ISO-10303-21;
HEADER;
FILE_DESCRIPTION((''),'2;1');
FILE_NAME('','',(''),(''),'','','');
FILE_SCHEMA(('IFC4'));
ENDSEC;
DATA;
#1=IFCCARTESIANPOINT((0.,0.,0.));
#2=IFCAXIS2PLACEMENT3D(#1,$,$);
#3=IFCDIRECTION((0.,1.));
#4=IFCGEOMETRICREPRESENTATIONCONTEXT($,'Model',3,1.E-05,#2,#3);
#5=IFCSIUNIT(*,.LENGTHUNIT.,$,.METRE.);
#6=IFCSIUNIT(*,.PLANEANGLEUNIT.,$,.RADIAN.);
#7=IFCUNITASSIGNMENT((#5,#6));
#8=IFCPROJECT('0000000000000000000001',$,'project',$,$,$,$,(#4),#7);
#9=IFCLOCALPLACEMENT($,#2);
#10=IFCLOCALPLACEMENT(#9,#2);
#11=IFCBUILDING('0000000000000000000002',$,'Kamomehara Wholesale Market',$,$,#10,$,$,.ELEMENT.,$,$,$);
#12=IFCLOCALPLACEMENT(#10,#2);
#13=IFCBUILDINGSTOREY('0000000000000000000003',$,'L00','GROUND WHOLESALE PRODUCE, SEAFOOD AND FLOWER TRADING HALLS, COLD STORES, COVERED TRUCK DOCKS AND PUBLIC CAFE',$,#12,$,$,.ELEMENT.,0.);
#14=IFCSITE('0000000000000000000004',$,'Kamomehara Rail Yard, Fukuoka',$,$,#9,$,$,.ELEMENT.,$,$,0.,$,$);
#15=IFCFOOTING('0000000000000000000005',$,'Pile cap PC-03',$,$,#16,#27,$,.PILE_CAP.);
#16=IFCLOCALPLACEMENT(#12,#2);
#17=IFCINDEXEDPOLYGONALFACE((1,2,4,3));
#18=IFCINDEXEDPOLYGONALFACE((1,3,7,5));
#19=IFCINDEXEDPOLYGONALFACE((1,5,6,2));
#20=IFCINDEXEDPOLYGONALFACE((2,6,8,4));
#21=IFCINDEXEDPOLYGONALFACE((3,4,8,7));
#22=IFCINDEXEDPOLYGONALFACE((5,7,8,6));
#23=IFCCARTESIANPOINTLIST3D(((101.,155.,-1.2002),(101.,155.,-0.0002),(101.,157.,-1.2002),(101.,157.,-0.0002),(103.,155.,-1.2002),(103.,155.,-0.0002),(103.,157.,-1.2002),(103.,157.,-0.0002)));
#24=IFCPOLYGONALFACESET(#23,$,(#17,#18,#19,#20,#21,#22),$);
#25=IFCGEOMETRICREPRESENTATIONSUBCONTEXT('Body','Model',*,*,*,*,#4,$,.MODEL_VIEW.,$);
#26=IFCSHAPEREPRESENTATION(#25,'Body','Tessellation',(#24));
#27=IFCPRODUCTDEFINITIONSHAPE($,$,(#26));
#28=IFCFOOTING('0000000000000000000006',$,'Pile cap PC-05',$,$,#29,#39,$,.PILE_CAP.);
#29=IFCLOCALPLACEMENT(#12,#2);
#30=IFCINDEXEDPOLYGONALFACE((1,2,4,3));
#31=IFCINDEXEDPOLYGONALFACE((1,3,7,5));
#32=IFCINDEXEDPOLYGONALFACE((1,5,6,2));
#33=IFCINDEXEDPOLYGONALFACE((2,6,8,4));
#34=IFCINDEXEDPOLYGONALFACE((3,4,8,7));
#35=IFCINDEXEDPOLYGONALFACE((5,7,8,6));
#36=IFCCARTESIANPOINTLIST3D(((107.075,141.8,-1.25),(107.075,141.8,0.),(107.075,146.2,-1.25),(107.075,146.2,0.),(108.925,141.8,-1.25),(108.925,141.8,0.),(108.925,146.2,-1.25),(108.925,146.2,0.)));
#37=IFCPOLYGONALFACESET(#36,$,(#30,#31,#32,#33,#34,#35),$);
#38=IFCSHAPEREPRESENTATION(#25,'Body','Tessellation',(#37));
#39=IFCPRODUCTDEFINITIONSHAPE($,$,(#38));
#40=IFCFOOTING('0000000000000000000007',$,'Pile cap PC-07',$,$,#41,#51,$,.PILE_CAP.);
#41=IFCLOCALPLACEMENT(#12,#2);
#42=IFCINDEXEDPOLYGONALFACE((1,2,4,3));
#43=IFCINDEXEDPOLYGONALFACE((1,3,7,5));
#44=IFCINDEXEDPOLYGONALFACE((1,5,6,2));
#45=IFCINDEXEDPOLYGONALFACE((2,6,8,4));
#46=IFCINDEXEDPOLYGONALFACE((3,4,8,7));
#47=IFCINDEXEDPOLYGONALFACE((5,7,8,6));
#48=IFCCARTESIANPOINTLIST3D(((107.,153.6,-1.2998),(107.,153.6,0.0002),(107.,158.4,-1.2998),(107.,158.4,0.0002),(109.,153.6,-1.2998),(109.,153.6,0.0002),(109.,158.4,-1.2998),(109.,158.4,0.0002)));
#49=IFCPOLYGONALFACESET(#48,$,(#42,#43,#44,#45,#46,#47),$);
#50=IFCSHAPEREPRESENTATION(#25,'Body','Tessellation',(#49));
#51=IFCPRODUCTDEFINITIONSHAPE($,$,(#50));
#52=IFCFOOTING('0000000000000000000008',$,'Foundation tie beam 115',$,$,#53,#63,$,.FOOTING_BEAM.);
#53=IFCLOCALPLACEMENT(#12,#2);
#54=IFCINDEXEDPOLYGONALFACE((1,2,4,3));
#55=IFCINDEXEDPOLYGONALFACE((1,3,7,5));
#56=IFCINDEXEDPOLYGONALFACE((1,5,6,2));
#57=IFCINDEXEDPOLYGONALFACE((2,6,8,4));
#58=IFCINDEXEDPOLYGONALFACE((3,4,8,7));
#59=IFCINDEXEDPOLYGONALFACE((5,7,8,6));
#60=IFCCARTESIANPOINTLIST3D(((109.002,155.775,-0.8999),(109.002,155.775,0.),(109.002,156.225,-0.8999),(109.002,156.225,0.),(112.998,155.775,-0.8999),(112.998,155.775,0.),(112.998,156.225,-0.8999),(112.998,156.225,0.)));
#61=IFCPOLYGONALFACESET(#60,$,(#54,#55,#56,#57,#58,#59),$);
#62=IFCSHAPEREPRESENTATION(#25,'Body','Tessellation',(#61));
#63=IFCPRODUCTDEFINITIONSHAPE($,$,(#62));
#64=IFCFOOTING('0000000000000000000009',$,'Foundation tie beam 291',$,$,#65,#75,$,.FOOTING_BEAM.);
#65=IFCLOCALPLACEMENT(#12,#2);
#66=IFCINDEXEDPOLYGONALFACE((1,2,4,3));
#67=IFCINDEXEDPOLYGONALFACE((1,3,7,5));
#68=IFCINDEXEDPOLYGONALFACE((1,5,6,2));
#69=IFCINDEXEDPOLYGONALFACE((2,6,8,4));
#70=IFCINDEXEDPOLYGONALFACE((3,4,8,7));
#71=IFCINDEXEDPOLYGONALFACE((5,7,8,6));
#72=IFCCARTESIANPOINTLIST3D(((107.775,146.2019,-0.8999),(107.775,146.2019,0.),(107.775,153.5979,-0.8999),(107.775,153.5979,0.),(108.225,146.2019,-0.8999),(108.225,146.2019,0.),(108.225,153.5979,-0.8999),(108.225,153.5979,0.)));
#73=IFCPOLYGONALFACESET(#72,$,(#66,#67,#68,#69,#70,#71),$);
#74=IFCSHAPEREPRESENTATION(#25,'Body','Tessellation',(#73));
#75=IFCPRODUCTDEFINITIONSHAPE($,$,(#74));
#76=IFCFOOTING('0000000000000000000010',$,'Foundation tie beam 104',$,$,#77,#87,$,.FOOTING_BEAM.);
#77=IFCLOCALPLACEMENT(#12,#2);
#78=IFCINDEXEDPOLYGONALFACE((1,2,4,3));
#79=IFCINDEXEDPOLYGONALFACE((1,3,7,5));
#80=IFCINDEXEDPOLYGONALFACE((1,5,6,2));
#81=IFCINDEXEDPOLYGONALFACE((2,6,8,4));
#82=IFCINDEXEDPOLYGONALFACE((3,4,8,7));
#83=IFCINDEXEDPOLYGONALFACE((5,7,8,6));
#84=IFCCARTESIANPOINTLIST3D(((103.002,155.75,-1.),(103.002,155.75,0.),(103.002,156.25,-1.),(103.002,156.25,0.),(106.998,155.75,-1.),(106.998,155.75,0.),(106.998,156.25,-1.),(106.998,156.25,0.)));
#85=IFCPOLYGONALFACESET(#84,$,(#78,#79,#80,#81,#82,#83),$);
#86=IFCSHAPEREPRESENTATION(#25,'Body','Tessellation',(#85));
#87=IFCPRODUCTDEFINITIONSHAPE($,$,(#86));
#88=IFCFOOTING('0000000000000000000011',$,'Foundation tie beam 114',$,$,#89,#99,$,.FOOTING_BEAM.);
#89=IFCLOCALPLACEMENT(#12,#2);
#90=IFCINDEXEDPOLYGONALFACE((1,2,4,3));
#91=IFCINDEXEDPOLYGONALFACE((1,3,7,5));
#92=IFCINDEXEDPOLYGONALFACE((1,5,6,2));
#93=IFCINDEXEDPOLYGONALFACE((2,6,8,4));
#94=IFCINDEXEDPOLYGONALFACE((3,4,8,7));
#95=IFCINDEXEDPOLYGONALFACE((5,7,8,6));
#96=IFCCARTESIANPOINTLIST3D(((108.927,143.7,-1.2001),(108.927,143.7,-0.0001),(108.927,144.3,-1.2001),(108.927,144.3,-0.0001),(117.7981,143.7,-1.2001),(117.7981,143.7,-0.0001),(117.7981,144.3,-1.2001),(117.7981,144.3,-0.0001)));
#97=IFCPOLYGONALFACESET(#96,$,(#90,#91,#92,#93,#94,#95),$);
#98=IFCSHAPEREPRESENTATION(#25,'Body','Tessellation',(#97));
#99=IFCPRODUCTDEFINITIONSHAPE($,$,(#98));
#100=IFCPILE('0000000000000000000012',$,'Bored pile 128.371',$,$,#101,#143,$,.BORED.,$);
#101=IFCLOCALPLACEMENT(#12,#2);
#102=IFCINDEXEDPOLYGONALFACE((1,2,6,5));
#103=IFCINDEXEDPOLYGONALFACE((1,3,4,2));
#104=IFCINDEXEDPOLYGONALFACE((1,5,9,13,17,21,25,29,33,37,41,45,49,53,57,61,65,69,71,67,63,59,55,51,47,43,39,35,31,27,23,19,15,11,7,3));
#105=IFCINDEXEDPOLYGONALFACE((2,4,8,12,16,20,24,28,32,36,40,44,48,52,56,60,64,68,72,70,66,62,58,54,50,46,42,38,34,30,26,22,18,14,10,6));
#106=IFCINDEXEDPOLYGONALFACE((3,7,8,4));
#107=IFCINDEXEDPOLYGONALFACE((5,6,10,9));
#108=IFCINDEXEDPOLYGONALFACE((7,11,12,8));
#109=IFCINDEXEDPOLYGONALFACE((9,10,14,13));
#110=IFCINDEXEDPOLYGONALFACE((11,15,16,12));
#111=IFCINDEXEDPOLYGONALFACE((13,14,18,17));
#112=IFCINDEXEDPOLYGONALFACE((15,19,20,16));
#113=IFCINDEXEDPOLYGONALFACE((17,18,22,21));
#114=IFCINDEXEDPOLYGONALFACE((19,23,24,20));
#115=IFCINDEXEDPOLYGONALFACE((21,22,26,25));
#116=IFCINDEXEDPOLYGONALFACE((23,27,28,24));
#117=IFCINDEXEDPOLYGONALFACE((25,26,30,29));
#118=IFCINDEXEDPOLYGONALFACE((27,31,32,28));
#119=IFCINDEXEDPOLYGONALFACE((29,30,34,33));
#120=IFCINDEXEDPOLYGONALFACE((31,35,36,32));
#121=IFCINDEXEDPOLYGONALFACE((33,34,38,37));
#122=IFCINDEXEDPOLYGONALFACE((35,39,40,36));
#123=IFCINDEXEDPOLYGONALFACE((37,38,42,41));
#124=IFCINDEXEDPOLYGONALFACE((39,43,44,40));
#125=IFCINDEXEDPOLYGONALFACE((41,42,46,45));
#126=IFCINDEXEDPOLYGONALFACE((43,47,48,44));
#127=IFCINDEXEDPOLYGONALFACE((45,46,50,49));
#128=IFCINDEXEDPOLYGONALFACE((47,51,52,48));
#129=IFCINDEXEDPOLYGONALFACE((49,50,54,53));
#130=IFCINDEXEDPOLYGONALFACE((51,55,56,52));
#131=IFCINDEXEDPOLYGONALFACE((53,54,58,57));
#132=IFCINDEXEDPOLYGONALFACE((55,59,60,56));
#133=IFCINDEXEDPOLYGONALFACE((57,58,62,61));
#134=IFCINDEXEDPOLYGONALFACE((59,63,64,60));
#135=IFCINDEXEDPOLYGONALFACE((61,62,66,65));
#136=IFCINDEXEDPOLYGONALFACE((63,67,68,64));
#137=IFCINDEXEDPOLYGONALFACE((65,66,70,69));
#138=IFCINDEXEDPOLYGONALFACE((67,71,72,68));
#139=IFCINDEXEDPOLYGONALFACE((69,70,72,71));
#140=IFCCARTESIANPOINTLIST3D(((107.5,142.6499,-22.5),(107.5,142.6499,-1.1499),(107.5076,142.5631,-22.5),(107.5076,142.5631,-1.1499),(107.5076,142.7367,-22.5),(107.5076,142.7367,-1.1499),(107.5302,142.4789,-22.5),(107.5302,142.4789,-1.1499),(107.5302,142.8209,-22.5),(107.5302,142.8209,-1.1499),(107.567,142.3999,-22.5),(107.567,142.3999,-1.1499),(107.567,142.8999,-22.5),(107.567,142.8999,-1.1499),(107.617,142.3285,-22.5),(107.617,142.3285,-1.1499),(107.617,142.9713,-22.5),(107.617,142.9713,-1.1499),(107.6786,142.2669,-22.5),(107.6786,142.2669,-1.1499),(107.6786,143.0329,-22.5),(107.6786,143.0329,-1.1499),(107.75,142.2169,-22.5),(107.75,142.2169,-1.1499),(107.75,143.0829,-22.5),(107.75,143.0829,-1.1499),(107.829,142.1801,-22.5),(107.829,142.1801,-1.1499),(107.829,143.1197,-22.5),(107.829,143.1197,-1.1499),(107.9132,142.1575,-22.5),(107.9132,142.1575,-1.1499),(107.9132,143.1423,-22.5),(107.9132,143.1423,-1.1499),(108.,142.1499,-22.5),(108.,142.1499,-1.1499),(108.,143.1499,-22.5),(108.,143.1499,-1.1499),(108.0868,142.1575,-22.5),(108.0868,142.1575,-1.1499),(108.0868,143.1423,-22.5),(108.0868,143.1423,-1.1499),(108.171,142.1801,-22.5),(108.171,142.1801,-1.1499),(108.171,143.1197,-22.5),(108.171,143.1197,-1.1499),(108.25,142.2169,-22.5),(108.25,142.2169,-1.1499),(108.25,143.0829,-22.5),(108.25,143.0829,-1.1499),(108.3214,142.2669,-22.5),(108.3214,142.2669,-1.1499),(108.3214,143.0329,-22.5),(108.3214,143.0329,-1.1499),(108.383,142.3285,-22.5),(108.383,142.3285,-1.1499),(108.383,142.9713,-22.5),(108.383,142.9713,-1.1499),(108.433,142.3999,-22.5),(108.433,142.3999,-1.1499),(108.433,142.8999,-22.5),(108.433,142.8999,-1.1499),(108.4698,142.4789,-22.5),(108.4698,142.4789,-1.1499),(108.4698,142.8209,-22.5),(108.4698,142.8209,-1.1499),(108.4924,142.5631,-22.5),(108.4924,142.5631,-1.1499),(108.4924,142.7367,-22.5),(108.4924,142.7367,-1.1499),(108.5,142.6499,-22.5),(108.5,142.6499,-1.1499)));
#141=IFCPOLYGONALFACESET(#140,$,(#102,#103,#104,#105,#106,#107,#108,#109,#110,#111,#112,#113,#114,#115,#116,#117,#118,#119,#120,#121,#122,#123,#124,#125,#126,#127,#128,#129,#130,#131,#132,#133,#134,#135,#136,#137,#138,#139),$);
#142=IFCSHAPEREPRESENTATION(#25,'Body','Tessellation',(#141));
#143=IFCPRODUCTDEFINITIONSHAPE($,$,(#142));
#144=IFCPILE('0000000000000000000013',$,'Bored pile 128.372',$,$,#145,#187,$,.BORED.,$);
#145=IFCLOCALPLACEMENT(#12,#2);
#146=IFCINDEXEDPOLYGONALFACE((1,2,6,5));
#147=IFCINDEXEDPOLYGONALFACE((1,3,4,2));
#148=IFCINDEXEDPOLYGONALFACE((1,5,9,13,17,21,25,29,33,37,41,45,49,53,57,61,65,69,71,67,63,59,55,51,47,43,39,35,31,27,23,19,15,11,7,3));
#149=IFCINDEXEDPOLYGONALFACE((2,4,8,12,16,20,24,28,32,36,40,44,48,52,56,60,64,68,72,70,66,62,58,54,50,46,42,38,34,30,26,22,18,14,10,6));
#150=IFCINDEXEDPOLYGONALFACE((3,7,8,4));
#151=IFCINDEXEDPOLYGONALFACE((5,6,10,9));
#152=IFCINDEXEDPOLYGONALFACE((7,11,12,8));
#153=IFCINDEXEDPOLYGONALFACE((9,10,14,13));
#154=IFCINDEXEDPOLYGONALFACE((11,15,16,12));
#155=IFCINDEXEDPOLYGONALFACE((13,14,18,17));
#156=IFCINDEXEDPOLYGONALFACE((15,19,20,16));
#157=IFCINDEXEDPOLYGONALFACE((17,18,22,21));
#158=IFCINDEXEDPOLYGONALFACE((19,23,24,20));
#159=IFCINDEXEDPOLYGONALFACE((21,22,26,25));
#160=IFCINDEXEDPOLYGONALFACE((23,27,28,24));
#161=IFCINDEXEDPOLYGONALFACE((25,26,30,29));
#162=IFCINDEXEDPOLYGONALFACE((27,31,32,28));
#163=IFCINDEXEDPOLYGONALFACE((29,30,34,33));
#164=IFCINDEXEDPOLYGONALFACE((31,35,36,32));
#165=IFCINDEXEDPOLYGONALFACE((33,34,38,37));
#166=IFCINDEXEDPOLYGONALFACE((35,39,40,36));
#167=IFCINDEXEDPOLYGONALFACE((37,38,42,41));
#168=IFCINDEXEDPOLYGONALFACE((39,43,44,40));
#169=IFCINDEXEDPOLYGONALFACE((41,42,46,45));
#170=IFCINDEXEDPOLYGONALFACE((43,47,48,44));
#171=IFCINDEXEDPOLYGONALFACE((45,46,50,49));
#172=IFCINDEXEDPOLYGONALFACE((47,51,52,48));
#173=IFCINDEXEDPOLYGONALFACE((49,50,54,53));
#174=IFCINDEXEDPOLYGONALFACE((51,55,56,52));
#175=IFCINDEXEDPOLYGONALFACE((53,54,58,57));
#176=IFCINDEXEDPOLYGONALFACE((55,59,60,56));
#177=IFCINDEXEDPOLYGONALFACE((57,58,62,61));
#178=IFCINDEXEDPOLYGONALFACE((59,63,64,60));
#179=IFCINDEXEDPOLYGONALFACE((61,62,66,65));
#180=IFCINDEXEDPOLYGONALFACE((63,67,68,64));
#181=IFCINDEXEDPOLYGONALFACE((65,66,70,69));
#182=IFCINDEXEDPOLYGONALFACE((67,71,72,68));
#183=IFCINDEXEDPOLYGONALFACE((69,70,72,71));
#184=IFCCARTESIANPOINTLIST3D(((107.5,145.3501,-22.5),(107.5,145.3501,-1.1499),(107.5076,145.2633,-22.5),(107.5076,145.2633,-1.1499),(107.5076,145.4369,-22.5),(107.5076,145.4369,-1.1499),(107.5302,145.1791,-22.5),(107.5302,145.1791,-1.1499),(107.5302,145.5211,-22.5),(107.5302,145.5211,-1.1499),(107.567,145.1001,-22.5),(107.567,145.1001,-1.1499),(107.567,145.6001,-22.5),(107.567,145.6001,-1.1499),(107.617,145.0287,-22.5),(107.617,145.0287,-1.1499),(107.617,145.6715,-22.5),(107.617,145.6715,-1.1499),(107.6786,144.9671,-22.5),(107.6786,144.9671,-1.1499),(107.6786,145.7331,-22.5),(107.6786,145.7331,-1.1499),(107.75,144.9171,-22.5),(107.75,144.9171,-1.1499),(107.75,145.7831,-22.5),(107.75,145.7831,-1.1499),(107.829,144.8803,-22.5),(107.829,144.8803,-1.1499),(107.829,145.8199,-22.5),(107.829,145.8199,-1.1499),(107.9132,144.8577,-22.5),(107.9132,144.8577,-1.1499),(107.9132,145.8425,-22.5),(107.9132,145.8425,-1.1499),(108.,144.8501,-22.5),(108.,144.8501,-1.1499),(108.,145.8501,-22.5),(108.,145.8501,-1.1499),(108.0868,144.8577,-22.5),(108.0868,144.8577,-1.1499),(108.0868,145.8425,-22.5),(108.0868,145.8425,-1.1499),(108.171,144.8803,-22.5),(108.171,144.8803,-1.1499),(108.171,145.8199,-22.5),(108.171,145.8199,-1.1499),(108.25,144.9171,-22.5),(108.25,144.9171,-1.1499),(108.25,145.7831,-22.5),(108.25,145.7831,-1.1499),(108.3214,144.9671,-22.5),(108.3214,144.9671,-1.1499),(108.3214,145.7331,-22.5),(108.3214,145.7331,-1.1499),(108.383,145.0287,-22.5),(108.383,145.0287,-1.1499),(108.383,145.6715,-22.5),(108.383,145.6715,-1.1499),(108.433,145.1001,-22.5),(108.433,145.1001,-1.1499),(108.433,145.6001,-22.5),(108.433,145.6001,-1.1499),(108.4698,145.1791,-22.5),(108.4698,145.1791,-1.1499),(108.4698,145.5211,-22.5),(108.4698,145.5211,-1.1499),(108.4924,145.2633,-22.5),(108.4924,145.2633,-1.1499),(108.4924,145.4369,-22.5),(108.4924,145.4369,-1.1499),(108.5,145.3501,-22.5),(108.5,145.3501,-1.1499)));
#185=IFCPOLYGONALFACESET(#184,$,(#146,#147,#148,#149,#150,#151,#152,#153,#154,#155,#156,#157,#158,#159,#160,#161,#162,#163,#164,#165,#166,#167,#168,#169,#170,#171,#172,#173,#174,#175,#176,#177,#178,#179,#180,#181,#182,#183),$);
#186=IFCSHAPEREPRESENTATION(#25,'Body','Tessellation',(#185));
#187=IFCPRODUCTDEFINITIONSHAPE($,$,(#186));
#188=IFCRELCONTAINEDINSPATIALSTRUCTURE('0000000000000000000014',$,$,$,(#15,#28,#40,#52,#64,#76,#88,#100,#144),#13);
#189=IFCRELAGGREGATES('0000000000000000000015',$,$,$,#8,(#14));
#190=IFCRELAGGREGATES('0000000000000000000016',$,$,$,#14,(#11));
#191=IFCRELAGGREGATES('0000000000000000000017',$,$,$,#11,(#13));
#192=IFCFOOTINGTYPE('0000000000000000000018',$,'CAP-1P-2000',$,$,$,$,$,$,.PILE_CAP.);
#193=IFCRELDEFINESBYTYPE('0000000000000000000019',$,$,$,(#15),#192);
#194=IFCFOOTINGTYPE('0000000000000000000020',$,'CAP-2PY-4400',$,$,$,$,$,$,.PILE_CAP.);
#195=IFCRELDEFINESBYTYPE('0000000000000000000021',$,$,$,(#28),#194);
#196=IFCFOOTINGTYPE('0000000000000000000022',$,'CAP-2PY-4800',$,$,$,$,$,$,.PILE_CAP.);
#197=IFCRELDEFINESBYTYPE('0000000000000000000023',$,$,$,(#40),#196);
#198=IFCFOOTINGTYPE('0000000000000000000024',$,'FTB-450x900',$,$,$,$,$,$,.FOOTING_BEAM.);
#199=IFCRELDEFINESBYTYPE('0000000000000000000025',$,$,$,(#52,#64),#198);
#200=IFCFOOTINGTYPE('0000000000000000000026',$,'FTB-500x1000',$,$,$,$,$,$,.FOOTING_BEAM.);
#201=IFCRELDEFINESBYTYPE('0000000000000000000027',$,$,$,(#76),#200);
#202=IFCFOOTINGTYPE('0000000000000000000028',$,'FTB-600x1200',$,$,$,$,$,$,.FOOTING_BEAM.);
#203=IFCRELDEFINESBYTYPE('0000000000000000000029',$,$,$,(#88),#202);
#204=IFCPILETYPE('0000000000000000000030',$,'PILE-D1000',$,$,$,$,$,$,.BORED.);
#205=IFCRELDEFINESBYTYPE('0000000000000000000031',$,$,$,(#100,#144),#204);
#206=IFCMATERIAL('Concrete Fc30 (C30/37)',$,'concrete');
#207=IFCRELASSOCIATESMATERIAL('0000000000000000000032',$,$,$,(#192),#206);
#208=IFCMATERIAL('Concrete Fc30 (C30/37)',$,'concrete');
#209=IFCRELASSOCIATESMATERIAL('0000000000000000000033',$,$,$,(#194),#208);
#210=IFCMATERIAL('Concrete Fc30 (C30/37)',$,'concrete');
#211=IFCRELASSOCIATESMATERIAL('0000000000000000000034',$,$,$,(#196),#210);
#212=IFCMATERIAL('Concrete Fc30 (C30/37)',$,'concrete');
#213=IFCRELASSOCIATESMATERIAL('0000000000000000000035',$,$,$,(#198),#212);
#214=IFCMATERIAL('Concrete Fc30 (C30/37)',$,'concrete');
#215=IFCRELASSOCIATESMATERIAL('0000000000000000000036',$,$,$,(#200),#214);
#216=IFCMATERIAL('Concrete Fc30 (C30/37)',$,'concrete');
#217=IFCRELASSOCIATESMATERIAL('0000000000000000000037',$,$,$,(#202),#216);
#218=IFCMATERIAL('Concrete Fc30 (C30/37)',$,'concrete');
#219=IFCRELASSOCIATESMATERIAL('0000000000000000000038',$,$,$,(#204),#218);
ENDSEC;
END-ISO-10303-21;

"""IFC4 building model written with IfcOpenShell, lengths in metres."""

from ifc_helpers import new_model, si_unit, direction, frame, origin, origin_2d, place, context, subcontext, project, spatial, rectangle, circle, extrude, material, material_profile, profile_set, type_object, element, save


model = new_model("IFC4")

# Units and contexts
model_context = context("Model", 3, precision=1e-05, world=origin(), true_north=direction((0.0, 1.0)))
body_context = subcontext(model_context, "Body", "Model", "MODEL_VIEW")
ifc_project = project(units=[si_unit("LENGTHUNIT", "METRE"), si_unit("PLANEANGLEUNIT", "RADIAN")], contexts=[model_context])

# Site, building, storey
site_placement = place(None, origin())
site = spatial("IfcSite", under=ifc_project, at=site_placement, Name="Kamomehara Rail Yard, Fukuoka", CompositionType="ELEMENT", RefElevation=0.0)
building_placement = place(site_placement, origin())
building = spatial("IfcBuilding", under=site, at=building_placement, Name="Kamomehara Wholesale Market", CompositionType="ELEMENT")
storey_placement = place(building_placement, origin())
storey = spatial("IfcBuildingStorey", under=building, at=storey_placement, Name="L00", Description="GROUND WHOLESALE PRODUCE, SEAFOOD AND FLOWER TRADING HALLS, COLD STORES, COVERED TRUCK DOCKS AND PUBLIC CAFE", CompositionType="ELEMENT", Elevation=0.0)

# Footings
ifc_material_1 = material(Name="Concrete Fc30 (C30/37)", Category="concrete")
footing_type_1 = type_object("IfcFootingType", Name="CAP-1P-2000", PredefinedType="PILE_CAP", material=ifc_material_1)
footing_1_placement = place(storey_placement, frame((102.0, 156.0, -1.2002), z_axis=(0.0, 0.0, 1.0), x_axis=(1.0, 0.0, 0.0)))
element("IfcFooting", 1, at=footing_1_placement, inside=storey, type_object=footing_type_1, Name="Pile cap PC-03", PredefinedType="PILE_CAP", context=body_context, shape_type="SweptSolid", body=[
    extrude(rectangle(XDim=2.0, YDim=2.0, at=origin_2d()), origin(), (0.0, 0.0, 1.0), 1.2),
])
ifc_material_2 = material(Name="Concrete Fc30 (C30/37)", Category="concrete")
footing_type_2 = type_object("IfcFootingType", Name="CAP-2PY-4400", PredefinedType="PILE_CAP", material=ifc_material_2)
footing_2_placement = place(storey_placement, frame((108.0, 144.0, -1.25), z_axis=(0.0, 0.0, 1.0), x_axis=(1.0, 0.0, 0.0)))
element("IfcFooting", 2, at=footing_2_placement, inside=storey, type_object=footing_type_2, Name="Pile cap PC-05", PredefinedType="PILE_CAP", context=body_context, shape_type="SweptSolid", body=[
    extrude(rectangle(XDim=1.8501, YDim=4.3999, at=origin_2d()), origin(), (0.0, 0.0, 1.0), 1.25),
])
ifc_material_3 = material(Name="Concrete Fc30 (C30/37)", Category="concrete")
footing_type_3 = type_object("IfcFootingType", Name="CAP-2PY-4800", PredefinedType="PILE_CAP", material=ifc_material_3)
footing_3_placement = place(storey_placement, frame((108.0, 156.0, -1.2998), z_axis=(0.0, 0.0, 1.0), x_axis=(1.0, 0.0, 0.0)))
element("IfcFooting", 3, at=footing_3_placement, inside=storey, type_object=footing_type_3, Name="Pile cap PC-07", PredefinedType="PILE_CAP", context=body_context, shape_type="SweptSolid", body=[
    extrude(rectangle(XDim=2.0, YDim=4.8, at=origin_2d()), origin(), (0.0, 0.0, 1.0), 1.3),
])
ifc_material_4 = material(Name="Concrete Fc30 (C30/37)", Category="concrete")
ifc_material_profile_1 = material_profile(ifc_material_4, rectangle(XDim=0.45, YDim=0.8999, at=origin_2d()), Name="RC-FTB-450x900")
ifc_profile_set_1 = profile_set([ifc_material_profile_1], Name="Concrete Fc30 (C30/37)")
footing_type_4 = type_object("IfcFootingType", Name="FTB-450x900", PredefinedType="FOOTING_BEAM", material=ifc_profile_set_1)
footing_4_placement = place(storey_placement, frame((109.002, 156.0, -0.45), z_axis=(1.0, 0.0, 0.0), x_axis=(0.0, 1.0, 0.0)))
element("IfcFooting", 4, at=footing_4_placement, inside=storey, type_object=footing_type_4, Name="Foundation tie beam 115", PredefinedType="FOOTING_BEAM", context=body_context, shape_type="SweptSolid", body=[
    extrude(rectangle(XDim=0.45, YDim=0.8999, at=origin_2d()), origin(), (0.0, 0.0, 1.0), 3.9961),
])
footing_5_placement = place(storey_placement, frame((108.0, 146.2019, -0.45), z_axis=(0.0, 1.0, 0.0), x_axis=(-1.0, 0.0, 0.0)))
element("IfcFooting", 5, at=footing_5_placement, inside=storey, type_object=footing_type_4, Name="Foundation tie beam 291", PredefinedType="FOOTING_BEAM", context=body_context, shape_type="SweptSolid", body=[
    extrude(rectangle(XDim=0.45, YDim=0.8999, at=origin_2d()), origin(), (0.0, 0.0, 1.0), 7.396),
])
ifc_material_5 = material(Name="Concrete Fc30 (C30/37)", Category="concrete")
ifc_material_profile_2 = material_profile(ifc_material_5, rectangle(XDim=0.5, YDim=1.0, at=origin_2d()), Name="RC-FTB-500x1000")
ifc_profile_set_2 = profile_set([ifc_material_profile_2], Name="Concrete Fc30 (C30/37)")
footing_type_5 = type_object("IfcFootingType", Name="FTB-500x1000", PredefinedType="FOOTING_BEAM", material=ifc_profile_set_2)
footing_6_placement = place(storey_placement, frame((103.002, 156.0, -0.5), z_axis=(1.0, 0.0, 0.0), x_axis=(0.0, 1.0, 0.0)))
element("IfcFooting", 6, at=footing_6_placement, inside=storey, type_object=footing_type_5, Name="Foundation tie beam 104", PredefinedType="FOOTING_BEAM", context=body_context, shape_type="SweptSolid", body=[
    extrude(rectangle(XDim=0.5, YDim=1.0, at=origin_2d()), origin(), (0.0, 0.0, 1.0), 3.9961),
])
ifc_material_6 = material(Name="Concrete Fc30 (C30/37)", Category="concrete")
ifc_material_profile_3 = material_profile(ifc_material_6, rectangle(XDim=0.6001, YDim=1.2, at=origin_2d()), Name="RC-FTB-600x1200")
ifc_profile_set_3 = profile_set([ifc_material_profile_3], Name="Concrete Fc30 (C30/37)")
footing_type_6 = type_object("IfcFootingType", Name="FTB-600x1200", PredefinedType="FOOTING_BEAM", material=ifc_profile_set_3)
footing_7_placement = place(storey_placement, frame((108.927, 144.0, -0.6001), z_axis=(1.0, 0.0, 0.0), x_axis=(0.0, 1.0, 0.0)))
element("IfcFooting", 7, at=footing_7_placement, inside=storey, type_object=footing_type_6, Name="Foundation tie beam 114", PredefinedType="FOOTING_BEAM", context=body_context, shape_type="SweptSolid", body=[
    extrude(rectangle(XDim=0.6001, YDim=1.2, at=origin_2d()), origin(), (0.0, 0.0, 1.0), 8.8711),
])

# Piles
ifc_material_7 = material(Name="Concrete Fc30 (C30/37)", Category="concrete")
ifc_material_profile_4 = material_profile(ifc_material_7, circle(Radius=0.5, at=origin_2d()), Name="RC-PILE-D1000")
ifc_profile_set_4 = profile_set([ifc_material_profile_4], Name="Concrete Fc30 (C30/37)")
pile_type_1 = type_object("IfcPileType", Name="PILE-D1000", PredefinedType="BORED", material=ifc_profile_set_4)
for number, where, z_axis, x_axis, name in (
    (8, (108.0, 142.6499, -1.1499), (0.0, 0.0, -1.0), (1.0, 0.0, 0.0), "Bored pile 128.371"),
    (9, (108.0, 145.3501, -1.1499), (0.0, 0.0, -1.0), (1.0, 0.0, 0.0), "Bored pile 128.372"),
):
    element("IfcPile", number, at=place(storey_placement, frame(where, z_axis=z_axis, x_axis=x_axis)), inside=storey, type_object=pile_type_1, Name=name, PredefinedType="BORED", context=body_context, shape_type="SweptSolid", body=[
        extrude(circle(Radius=0.5, at=origin_2d()), origin(), (0.0, 0.0, 1.0), 21.3501),
    ])

save(model, "model.ifc")
